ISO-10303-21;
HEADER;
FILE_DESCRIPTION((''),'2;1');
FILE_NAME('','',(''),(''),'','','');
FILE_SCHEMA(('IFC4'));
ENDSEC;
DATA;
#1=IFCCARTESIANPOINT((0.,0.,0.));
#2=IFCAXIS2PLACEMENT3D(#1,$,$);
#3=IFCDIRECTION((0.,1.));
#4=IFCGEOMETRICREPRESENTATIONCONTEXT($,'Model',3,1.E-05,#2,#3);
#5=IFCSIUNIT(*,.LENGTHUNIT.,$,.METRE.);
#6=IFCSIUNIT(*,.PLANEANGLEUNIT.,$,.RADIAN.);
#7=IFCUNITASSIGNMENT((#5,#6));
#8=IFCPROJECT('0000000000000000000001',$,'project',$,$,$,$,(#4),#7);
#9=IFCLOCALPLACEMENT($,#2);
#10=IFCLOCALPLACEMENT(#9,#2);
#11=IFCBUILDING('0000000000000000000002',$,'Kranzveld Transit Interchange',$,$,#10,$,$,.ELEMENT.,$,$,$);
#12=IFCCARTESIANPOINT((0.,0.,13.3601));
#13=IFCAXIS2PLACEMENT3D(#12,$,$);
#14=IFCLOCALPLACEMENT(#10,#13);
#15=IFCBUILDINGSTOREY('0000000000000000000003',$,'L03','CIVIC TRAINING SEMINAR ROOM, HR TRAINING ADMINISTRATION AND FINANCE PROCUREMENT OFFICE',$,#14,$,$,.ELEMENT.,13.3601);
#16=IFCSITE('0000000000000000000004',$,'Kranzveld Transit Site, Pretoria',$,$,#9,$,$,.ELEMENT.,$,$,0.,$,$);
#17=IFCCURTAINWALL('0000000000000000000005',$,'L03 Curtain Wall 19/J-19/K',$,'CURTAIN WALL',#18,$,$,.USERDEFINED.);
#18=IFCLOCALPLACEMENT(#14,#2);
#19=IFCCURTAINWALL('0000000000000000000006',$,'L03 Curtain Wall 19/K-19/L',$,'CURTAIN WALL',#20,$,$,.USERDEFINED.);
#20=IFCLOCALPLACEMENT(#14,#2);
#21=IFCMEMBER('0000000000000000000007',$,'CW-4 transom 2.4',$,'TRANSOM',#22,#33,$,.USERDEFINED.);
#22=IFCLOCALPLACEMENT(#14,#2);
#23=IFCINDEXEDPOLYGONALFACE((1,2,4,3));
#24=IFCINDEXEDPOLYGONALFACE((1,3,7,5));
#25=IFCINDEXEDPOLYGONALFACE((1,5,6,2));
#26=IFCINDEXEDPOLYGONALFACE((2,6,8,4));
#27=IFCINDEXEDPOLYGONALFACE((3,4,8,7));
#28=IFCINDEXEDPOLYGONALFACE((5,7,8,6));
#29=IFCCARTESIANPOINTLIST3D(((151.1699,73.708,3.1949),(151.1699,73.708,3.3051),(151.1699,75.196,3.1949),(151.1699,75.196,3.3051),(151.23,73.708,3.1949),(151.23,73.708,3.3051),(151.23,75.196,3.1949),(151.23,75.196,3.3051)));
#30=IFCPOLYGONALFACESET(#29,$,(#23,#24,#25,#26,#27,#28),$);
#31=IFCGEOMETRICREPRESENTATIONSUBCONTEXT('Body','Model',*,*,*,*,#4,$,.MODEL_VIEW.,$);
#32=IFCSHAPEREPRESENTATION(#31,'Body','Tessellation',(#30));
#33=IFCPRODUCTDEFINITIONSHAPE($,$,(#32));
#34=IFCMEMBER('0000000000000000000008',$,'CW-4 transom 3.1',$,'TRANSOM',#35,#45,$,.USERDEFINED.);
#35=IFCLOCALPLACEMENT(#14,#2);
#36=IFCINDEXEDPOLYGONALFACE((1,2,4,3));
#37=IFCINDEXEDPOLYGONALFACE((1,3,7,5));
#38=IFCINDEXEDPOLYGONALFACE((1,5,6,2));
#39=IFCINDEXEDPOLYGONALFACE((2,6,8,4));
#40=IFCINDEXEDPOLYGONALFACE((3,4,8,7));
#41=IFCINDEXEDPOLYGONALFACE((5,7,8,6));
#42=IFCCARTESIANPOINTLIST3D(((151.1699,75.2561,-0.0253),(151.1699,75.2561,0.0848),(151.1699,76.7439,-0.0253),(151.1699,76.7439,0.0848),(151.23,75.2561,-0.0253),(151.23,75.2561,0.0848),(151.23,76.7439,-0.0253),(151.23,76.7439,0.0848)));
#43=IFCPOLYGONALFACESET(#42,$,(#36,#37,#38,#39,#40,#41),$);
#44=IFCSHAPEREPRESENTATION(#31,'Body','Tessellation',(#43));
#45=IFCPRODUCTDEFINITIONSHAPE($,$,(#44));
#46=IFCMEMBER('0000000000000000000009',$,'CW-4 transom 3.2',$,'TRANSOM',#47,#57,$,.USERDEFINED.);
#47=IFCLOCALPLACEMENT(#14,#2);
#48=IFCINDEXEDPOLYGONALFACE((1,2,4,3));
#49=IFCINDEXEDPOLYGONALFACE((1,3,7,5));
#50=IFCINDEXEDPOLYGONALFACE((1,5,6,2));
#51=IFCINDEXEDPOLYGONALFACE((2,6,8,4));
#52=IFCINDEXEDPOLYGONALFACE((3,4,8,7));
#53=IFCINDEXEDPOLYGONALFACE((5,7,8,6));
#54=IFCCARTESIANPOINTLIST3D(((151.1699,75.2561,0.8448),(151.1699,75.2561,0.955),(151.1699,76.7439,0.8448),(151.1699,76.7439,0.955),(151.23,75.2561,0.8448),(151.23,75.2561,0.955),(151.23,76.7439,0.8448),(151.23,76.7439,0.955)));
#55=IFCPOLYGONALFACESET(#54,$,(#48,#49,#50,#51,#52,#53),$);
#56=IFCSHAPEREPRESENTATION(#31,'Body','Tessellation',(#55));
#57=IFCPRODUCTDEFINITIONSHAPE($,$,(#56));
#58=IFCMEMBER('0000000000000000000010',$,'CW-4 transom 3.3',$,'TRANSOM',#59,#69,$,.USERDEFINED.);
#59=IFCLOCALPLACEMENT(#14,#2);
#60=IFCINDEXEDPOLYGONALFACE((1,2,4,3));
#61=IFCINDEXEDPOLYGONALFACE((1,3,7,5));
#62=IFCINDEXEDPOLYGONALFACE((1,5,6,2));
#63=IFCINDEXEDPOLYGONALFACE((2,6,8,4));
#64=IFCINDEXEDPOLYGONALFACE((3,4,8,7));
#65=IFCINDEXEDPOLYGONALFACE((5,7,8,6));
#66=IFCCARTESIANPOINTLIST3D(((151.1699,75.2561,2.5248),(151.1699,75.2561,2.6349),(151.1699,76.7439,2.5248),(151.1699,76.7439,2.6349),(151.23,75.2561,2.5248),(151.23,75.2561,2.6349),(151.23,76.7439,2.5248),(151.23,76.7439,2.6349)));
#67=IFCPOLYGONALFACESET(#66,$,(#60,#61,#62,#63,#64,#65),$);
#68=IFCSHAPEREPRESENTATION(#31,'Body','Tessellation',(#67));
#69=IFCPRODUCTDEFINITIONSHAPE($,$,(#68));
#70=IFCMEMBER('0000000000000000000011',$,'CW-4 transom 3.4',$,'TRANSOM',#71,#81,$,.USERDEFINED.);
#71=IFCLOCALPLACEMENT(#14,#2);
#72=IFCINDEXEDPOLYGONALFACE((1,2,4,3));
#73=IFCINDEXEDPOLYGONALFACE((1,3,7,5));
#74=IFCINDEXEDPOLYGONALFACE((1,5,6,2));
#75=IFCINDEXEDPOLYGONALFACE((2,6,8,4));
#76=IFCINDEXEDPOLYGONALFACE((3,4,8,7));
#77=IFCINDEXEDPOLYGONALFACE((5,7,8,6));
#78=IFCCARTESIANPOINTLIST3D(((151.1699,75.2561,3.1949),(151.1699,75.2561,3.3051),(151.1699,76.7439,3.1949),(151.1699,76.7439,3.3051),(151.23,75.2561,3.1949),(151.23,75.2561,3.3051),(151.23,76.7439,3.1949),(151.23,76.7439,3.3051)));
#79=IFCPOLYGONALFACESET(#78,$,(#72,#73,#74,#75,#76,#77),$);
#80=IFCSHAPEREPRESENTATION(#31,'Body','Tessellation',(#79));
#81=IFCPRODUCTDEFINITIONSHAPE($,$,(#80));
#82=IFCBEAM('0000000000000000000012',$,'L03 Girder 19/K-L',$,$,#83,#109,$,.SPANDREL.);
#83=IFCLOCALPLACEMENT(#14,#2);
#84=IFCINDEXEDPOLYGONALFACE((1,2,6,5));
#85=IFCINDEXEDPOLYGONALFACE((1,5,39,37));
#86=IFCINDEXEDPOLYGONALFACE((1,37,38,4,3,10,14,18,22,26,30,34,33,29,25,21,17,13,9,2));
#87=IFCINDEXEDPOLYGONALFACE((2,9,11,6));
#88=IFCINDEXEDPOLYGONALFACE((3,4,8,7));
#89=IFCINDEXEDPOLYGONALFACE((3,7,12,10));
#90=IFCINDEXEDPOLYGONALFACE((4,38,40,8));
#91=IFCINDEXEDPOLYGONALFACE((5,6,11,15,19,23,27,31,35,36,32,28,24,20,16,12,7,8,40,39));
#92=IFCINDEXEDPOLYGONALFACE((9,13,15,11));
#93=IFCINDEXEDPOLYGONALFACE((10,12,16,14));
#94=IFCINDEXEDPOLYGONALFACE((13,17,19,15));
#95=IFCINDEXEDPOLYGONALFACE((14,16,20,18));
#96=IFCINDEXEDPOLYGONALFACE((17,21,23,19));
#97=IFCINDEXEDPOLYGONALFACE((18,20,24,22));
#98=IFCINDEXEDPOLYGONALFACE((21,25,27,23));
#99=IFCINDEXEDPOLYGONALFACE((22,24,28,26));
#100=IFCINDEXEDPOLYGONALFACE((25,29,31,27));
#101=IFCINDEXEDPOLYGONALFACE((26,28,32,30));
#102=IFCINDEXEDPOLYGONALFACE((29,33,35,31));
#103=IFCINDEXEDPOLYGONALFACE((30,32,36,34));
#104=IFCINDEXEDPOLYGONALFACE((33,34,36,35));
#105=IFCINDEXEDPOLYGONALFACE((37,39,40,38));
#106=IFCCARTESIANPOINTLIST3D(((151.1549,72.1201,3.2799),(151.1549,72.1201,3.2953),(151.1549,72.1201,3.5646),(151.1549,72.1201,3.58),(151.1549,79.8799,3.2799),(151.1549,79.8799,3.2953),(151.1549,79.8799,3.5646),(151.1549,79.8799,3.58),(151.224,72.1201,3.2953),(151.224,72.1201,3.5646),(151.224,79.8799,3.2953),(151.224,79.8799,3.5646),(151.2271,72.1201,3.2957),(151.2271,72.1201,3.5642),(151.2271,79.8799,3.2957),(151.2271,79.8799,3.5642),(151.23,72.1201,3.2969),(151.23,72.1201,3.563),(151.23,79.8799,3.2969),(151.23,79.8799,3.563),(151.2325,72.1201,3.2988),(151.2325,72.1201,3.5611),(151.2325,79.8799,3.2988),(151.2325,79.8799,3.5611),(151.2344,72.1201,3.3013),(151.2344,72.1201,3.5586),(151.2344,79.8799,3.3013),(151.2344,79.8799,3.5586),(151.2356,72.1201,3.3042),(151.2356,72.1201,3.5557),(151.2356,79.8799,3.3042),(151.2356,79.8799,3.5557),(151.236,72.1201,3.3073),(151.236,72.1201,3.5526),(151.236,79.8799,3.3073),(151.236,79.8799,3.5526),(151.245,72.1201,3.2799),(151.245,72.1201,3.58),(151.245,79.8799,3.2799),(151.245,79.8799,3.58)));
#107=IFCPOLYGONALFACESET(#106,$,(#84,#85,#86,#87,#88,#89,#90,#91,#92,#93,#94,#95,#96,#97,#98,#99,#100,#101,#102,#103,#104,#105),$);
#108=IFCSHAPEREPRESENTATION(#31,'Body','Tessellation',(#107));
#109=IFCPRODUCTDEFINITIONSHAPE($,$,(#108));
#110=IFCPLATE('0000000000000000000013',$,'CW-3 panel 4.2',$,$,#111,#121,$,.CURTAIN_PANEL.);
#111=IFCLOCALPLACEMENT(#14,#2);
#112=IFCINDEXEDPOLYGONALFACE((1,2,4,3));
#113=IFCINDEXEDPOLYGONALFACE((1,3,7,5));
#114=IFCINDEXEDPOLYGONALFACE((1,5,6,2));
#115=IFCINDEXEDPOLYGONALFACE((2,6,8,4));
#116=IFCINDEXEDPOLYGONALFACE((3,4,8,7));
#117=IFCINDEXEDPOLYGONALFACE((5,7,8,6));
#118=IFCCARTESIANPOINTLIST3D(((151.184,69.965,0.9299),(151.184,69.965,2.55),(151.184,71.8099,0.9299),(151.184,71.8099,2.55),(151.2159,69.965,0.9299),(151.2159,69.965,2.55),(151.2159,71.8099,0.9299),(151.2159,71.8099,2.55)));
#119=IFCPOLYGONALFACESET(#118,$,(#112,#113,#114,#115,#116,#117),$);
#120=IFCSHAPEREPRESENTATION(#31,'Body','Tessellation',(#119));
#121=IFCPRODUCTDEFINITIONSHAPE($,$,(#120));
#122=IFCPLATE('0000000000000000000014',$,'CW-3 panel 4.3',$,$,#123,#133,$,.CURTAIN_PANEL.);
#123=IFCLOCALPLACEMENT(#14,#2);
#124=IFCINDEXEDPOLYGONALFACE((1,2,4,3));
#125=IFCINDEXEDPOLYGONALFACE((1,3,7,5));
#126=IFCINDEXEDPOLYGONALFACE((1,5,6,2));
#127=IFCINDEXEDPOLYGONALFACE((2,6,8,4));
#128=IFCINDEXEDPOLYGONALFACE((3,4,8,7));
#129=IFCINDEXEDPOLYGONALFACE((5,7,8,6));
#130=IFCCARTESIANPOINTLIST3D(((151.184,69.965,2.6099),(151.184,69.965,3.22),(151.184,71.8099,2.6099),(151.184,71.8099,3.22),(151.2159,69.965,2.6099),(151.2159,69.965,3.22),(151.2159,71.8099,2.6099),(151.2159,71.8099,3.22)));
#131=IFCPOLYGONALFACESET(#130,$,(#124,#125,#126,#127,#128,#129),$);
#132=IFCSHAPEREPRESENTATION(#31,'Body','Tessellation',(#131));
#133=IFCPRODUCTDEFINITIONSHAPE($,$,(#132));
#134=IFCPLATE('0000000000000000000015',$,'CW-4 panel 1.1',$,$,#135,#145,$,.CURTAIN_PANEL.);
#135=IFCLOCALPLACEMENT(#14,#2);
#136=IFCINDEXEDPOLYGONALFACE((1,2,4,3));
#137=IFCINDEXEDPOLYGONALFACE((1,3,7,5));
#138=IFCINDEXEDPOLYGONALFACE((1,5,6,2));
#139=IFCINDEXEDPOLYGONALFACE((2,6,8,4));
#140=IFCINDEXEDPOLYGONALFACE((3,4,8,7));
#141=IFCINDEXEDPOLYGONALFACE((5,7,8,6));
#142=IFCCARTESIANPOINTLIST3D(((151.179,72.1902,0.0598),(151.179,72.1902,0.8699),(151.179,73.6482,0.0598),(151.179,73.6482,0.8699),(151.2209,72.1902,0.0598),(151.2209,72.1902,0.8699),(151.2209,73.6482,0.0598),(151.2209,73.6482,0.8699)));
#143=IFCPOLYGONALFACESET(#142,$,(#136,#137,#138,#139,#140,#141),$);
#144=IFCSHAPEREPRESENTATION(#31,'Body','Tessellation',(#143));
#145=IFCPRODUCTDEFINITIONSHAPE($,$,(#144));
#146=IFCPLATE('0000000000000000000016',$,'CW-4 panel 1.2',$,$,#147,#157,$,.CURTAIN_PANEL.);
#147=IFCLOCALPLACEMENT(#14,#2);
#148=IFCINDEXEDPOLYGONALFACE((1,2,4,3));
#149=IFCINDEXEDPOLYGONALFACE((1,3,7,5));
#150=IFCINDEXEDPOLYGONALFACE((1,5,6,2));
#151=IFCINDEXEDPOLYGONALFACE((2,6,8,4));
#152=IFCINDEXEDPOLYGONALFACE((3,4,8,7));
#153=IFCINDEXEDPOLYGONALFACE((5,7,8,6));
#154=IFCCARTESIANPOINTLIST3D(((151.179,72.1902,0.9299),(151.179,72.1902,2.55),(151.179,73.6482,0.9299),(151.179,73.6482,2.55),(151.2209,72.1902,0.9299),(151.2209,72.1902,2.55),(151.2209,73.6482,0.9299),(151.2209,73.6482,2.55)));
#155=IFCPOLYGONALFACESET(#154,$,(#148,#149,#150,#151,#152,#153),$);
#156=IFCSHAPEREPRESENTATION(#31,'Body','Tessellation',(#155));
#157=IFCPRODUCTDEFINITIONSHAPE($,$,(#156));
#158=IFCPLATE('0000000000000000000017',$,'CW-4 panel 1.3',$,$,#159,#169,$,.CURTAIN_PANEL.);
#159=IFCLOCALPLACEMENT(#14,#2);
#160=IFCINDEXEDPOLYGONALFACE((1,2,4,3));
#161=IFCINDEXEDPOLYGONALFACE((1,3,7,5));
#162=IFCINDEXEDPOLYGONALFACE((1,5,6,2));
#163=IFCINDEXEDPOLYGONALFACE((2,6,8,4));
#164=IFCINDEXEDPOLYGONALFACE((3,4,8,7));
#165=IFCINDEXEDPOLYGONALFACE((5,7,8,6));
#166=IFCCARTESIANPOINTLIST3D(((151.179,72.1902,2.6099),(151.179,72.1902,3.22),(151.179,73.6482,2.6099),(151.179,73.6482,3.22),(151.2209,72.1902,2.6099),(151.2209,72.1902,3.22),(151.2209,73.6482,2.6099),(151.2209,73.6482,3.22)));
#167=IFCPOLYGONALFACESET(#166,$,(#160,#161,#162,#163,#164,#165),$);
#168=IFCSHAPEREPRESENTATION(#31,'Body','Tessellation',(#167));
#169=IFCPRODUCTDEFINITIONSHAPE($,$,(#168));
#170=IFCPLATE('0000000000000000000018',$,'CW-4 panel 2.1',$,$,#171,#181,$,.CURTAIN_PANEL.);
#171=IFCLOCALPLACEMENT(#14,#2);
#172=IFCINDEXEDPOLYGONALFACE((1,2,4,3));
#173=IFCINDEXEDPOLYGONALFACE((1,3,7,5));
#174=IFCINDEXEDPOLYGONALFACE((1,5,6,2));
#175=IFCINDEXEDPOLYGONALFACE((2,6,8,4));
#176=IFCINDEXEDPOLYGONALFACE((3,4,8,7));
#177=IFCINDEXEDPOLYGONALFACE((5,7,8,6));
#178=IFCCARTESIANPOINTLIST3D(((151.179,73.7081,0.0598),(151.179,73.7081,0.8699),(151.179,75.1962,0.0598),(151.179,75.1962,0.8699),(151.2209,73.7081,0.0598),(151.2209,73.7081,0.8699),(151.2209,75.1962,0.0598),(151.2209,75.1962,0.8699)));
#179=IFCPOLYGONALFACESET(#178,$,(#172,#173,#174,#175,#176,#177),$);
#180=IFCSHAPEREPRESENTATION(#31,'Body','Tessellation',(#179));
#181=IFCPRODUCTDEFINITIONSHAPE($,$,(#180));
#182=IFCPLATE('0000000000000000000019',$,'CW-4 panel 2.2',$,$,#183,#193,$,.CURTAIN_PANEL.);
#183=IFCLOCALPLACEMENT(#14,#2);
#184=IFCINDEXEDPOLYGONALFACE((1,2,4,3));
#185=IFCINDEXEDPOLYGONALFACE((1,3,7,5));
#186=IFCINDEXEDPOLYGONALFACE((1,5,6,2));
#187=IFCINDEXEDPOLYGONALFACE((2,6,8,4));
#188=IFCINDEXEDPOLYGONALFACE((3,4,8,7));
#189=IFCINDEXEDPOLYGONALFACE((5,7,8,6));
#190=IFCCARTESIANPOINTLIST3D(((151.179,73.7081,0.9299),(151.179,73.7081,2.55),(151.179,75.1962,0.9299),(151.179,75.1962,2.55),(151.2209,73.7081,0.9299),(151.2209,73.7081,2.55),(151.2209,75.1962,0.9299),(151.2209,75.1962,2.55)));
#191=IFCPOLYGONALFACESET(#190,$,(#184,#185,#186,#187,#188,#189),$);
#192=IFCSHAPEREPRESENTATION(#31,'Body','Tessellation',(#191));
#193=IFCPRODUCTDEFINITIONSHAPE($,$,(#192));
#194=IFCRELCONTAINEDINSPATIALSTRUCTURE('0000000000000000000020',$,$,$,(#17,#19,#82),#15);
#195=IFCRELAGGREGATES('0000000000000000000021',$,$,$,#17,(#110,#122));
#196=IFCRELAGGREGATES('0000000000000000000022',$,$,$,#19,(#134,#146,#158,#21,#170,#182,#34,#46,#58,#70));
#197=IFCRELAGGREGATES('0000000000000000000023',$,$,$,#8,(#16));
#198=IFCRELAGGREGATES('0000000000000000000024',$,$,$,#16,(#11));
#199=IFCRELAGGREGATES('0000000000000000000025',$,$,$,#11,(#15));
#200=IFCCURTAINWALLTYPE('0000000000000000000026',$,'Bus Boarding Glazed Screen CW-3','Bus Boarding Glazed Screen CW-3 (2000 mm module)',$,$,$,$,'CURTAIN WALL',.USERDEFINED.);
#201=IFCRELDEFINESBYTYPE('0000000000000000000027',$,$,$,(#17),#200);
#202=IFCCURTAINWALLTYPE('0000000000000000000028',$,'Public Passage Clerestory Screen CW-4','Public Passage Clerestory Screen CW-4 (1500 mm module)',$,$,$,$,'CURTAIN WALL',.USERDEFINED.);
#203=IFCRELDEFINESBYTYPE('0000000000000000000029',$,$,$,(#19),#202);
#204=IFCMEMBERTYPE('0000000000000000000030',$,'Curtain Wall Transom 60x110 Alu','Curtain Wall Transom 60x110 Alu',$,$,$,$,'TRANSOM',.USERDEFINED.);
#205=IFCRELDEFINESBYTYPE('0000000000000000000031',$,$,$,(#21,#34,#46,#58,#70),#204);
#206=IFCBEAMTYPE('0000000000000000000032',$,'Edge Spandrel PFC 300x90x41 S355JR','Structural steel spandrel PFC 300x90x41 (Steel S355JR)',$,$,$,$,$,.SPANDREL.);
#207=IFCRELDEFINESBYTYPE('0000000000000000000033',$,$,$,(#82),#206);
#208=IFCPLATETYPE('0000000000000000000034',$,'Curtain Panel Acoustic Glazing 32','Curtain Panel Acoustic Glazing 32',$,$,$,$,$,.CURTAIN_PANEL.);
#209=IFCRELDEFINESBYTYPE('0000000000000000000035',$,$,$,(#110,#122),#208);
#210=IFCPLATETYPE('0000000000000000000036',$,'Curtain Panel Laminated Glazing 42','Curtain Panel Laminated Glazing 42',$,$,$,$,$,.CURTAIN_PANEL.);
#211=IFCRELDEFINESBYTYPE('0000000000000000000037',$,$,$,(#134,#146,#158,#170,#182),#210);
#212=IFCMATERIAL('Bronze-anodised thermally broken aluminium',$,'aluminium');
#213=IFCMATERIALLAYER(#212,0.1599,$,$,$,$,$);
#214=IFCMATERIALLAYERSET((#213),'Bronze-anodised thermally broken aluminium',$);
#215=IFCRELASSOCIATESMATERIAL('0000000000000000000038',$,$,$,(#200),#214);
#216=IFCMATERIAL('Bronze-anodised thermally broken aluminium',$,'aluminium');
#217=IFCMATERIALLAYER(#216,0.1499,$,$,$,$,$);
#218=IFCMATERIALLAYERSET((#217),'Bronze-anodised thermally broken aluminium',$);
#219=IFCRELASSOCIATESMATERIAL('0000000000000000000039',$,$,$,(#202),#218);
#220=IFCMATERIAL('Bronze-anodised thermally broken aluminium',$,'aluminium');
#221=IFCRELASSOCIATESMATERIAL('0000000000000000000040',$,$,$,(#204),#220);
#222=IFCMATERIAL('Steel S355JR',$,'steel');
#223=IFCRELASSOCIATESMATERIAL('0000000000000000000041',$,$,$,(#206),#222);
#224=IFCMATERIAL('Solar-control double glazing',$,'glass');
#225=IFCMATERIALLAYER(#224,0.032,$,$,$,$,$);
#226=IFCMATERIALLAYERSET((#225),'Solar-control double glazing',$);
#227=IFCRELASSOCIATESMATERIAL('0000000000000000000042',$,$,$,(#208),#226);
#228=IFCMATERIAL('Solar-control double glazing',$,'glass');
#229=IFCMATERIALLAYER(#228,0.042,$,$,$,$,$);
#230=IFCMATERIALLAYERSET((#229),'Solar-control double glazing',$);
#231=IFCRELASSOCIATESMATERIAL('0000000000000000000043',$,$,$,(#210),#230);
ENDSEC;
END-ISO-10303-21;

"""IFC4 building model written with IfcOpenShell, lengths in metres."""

from ifc_helpers import new_model, si_unit, direction, frame, origin, origin_2d, place, context, subcontext, project, spatial, rectangle, u_section, extrude, material, layer, layer_set, material_profile, profile_set, type_object, element, aggregate, save


model = new_model("IFC4")

# Units and contexts
model_context = context("Model", 3, precision=1e-05, world=origin(), true_north=direction((0.0, 1.0)))
body_context = subcontext(model_context, "Body", "Model", "MODEL_VIEW")
ifc_project = project(units=[si_unit("LENGTHUNIT", "METRE"), si_unit("PLANEANGLEUNIT", "RADIAN")], contexts=[model_context])

# Site, building, storey
site_placement = place(None, origin())
site = spatial("IfcSite", under=ifc_project, at=site_placement, Name="Kranzveld Transit Site, Pretoria", CompositionType="ELEMENT", RefElevation=0.0)
building_placement = place(site_placement, origin())
building = spatial("IfcBuilding", under=site, at=building_placement, Name="Kranzveld Transit Interchange", CompositionType="ELEMENT")
storey_placement = place(building_placement, frame((0.0, 0.0, 13.3601)))
storey = spatial("IfcBuildingStorey", under=building, at=storey_placement, Name="L03", Description="CIVIC TRAINING SEMINAR ROOM, HR TRAINING ADMINISTRATION AND FINANCE PROCUREMENT OFFICE", CompositionType="ELEMENT", Elevation=13.3601)

# Curtain wall
ifc_material_1 = material(Name="Bronze-anodised thermally broken aluminium", Category="aluminium")
ifc_layer_1 = layer(ifc_material_1, 0.1599)
ifc_layer_set_1 = layer_set([ifc_layer_1], Name="Bronze-anodised thermally broken aluminium")
curtain_wall_type_1 = type_object("IfcCurtainWallType", Name="Bus Boarding Glazed Screen CW-3", Description="Bus Boarding Glazed Screen CW-3 (2000 mm module)", ElementType="CURTAIN WALL", PredefinedType="USERDEFINED", material=ifc_layer_set_1)
curtain_wall_1_placement = place(storey_placement, origin())
curtain_wall_1 = element("IfcCurtainWall", 1, at=curtain_wall_1_placement, inside=storey, type_object=curtain_wall_type_1, Name="L03 Curtain Wall 19/J-19/K", ObjectType="CURTAIN WALL", PredefinedType="USERDEFINED")

# Curtain wall, members
ifc_material_2 = material(Name="Bronze-anodised thermally broken aluminium", Category="aluminium")
ifc_layer_2 = layer(ifc_material_2, 0.1499)
ifc_layer_set_2 = layer_set([ifc_layer_2], Name="Bronze-anodised thermally broken aluminium")
curtain_wall_type_2 = type_object("IfcCurtainWallType", Name="Public Passage Clerestory Screen CW-4", Description="Public Passage Clerestory Screen CW-4 (1500 mm module)", ElementType="CURTAIN WALL", PredefinedType="USERDEFINED", material=ifc_layer_set_2)
curtain_wall_2_placement = place(storey_placement, origin())
curtain_wall_2 = element("IfcCurtainWall", 2, at=curtain_wall_2_placement, inside=storey, type_object=curtain_wall_type_2, Name="L03 Curtain Wall 19/K-19/L", ObjectType="CURTAIN WALL", PredefinedType="USERDEFINED")
ifc_material_3 = material(Name="Bronze-anodised thermally broken aluminium", Category="aluminium")
ifc_material_profile_1 = material_profile(ifc_material_3, rectangle(XDim=0.0601, YDim=0.1101, at=origin_2d()), Name="ALU TRANSOM 60x110")
ifc_profile_set_1 = profile_set([ifc_material_profile_1], Name="Bronze-anodised thermally broken aluminium")
member_type_1 = type_object("IfcMemberType", Name="Curtain Wall Transom 60x110 Alu", Description="Curtain Wall Transom 60x110 Alu", ElementType="TRANSOM", PredefinedType="USERDEFINED", material=ifc_profile_set_1)
member_1_placement = place(storey_placement, frame((151.2, 73.708, 3.25), z_axis=(0.0, 1.0, 0.0), x_axis=(-1.0, 0.0, 0.0)))
member_1 = element("IfcMember", 3, at=member_1_placement, type_object=member_type_1, Name="CW-4 transom 2.4", ObjectType="TRANSOM", PredefinedType="USERDEFINED", context=body_context, shape_type="SweptSolid", body=[
    extrude(rectangle(XDim=0.0601, YDim=0.1101, at=origin_2d()), origin(), (0.0, 0.0, 1.0), 1.488),
])
member_2_placement = place(storey_placement, frame((151.2, 75.2561, 0.0298), z_axis=(0.0, 1.0, 0.0), x_axis=(-1.0, 0.0, 0.0)))
member_2 = element("IfcMember", 4, at=member_2_placement, type_object=member_type_1, Name="CW-4 transom 3.1", ObjectType="TRANSOM", PredefinedType="USERDEFINED", context=body_context, shape_type="SweptSolid", body=[
    extrude(rectangle(XDim=0.0601, YDim=0.1101, at=origin_2d()), origin(), (0.0, 0.0, 1.0), 1.4878),
])
member_3_placement = place(storey_placement, frame((151.2, 75.2561, 0.8999), z_axis=(0.0, 1.0, 0.0), x_axis=(-1.0, 0.0, 0.0)))
member_3 = element("IfcMember", 5, at=member_3_placement, type_object=member_type_1, Name="CW-4 transom 3.2", ObjectType="TRANSOM", PredefinedType="USERDEFINED", context=body_context, shape_type="SweptSolid", body=[
    extrude(rectangle(XDim=0.0601, YDim=0.1101, at=origin_2d()), origin(), (0.0, 0.0, 1.0), 1.4878),
])
member_4_placement = place(storey_placement, frame((151.2, 75.2561, 2.5798), z_axis=(0.0, 1.0, 0.0), x_axis=(-1.0, 0.0, 0.0)))
member_4 = element("IfcMember", 6, at=member_4_placement, type_object=member_type_1, Name="CW-4 transom 3.3", ObjectType="TRANSOM", PredefinedType="USERDEFINED", context=body_context, shape_type="SweptSolid", body=[
    extrude(rectangle(XDim=0.0601, YDim=0.1101, at=origin_2d()), origin(), (0.0, 0.0, 1.0), 1.4878),
])
member_5_placement = place(storey_placement, frame((151.2, 75.2561, 3.25), z_axis=(0.0, 1.0, 0.0), x_axis=(-1.0, 0.0, 0.0)))
member_5 = element("IfcMember", 7, at=member_5_placement, type_object=member_type_1, Name="CW-4 transom 3.4", ObjectType="TRANSOM", PredefinedType="USERDEFINED", context=body_context, shape_type="SweptSolid", body=[
    extrude(rectangle(XDim=0.0601, YDim=0.1101, at=origin_2d()), origin(), (0.0, 0.0, 1.0), 1.4878),
])

# Beam
ifc_material_4 = material(Name="Steel S355JR", Category="steel")
ifc_material_profile_2 = material_profile(ifc_material_4, u_section(Depth=0.3, FlangeWidth=0.0901, WebThickness=0.009, FlangeThickness=0.0154, FilletRadius=0.012, at=origin_2d()), Name="PFC 300x90x41")
ifc_profile_set_2 = profile_set([ifc_material_profile_2], Name="Steel S355JR")
beam_type = type_object("IfcBeamType", Name="Edge Spandrel PFC 300x90x41 S355JR", Description="Structural steel spandrel PFC 300x90x41 (Steel S355JR)", PredefinedType="SPANDREL", material=ifc_profile_set_2)
beam_placement = place(storey_placement, frame((151.2, 72.1201, 3.4299), z_axis=(0.0, 1.0, 0.0), x_axis=(-1.0, 0.0, 0.0)))
element("IfcBeam", 8, at=beam_placement, inside=storey, type_object=beam_type, Name="L03 Girder 19/K-L", PredefinedType="SPANDREL", context=body_context, shape_type="SweptSolid", body=[
    extrude(u_section(Depth=0.3, FlangeWidth=0.0901, WebThickness=0.009, FlangeThickness=0.0154, FilletRadius=0.012, at=origin_2d()), origin(), (0.0, 0.0, 1.0), 7.7598),
])

# Plates
ifc_material_5 = material(Name="Solar-control double glazing", Category="glass")
ifc_layer_3 = layer(ifc_material_5, 0.032)
ifc_layer_set_3 = layer_set([ifc_layer_3], Name="Solar-control double glazing")
plate_type_1 = type_object("IfcPlateType", Name="Curtain Panel Acoustic Glazing 32", Description="Curtain Panel Acoustic Glazing 32", PredefinedType="CURTAIN_PANEL", material=ifc_layer_set_3)
plate_1_placement = place(storey_placement, frame((151.2, 70.8875, 0.9299), z_axis=(0.0, 0.0, 1.0), x_axis=(0.0, 1.0, 0.0)))
plate_1 = element("IfcPlate", 9, at=plate_1_placement, type_object=plate_type_1, Name="CW-3 panel 4.2", PredefinedType="CURTAIN_PANEL", context=body_context, shape_type="SweptSolid", body=[
    extrude(rectangle(XDim=1.845, YDim=0.032, at=origin_2d()), origin(), (0.0, 0.0, 1.0), 1.6201),
])
plate_2_placement = place(storey_placement, frame((151.2, 70.8875, 2.6099), z_axis=(0.0, 0.0, 1.0), x_axis=(0.0, 1.0, 0.0)))
plate_2 = element("IfcPlate", 10, at=plate_2_placement, type_object=plate_type_1, Name="CW-3 panel 4.3", PredefinedType="CURTAIN_PANEL", context=body_context, shape_type="SweptSolid", body=[
    extrude(rectangle(XDim=1.845, YDim=0.032, at=origin_2d()), origin(), (0.0, 0.0, 1.0), 0.6101),
])
aggregate(curtain_wall_1, [plate_1, plate_2])
ifc_material_6 = material(Name="Solar-control double glazing", Category="glass")
ifc_layer_4 = layer(ifc_material_6, 0.042)
ifc_layer_set_4 = layer_set([ifc_layer_4], Name="Solar-control double glazing")
plate_type_2 = type_object("IfcPlateType", Name="Curtain Panel Laminated Glazing 42", Description="Curtain Panel Laminated Glazing 42", PredefinedType="CURTAIN_PANEL", material=ifc_layer_set_4)
plate_3_placement = place(storey_placement, frame((151.2, 72.9192, 0.0598), z_axis=(0.0, 0.0, 1.0), x_axis=(0.0, 1.0, 0.0)))
plate_3 = element("IfcPlate", 11, at=plate_3_placement, type_object=plate_type_2, Name="CW-4 panel 1.1", PredefinedType="CURTAIN_PANEL", context=body_context, shape_type="SweptSolid", body=[
    extrude(rectangle(XDim=1.458, YDim=0.042, at=origin_2d()), origin(), (0.0, 0.0, 1.0), 0.8101),
])
plate_4_placement = place(storey_placement, frame((151.2, 72.9192, 0.9299), z_axis=(0.0, 0.0, 1.0), x_axis=(0.0, 1.0, 0.0)))
plate_4 = element("IfcPlate", 12, at=plate_4_placement, type_object=plate_type_2, Name="CW-4 panel 1.2", PredefinedType="CURTAIN_PANEL", context=body_context, shape_type="SweptSolid", body=[
    extrude(rectangle(XDim=1.458, YDim=0.042, at=origin_2d()), origin(), (0.0, 0.0, 1.0), 1.6201),
])
plate_5_placement = place(storey_placement, frame((151.2, 72.9192, 2.6099), z_axis=(0.0, 0.0, 1.0), x_axis=(0.0, 1.0, 0.0)))
plate_5 = element("IfcPlate", 13, at=plate_5_placement, type_object=plate_type_2, Name="CW-4 panel 1.3", PredefinedType="CURTAIN_PANEL", context=body_context, shape_type="SweptSolid", body=[
    extrude(rectangle(XDim=1.458, YDim=0.042, at=origin_2d()), origin(), (0.0, 0.0, 1.0), 0.6101),
])
plate_6_placement = place(storey_placement, frame((151.2, 74.4521, 0.0598), z_axis=(0.0, 0.0, 1.0), x_axis=(0.0, 1.0, 0.0)))
plate_6 = element("IfcPlate", 14, at=plate_6_placement, type_object=plate_type_2, Name="CW-4 panel 2.1", PredefinedType="CURTAIN_PANEL", context=body_context, shape_type="SweptSolid", body=[
    extrude(rectangle(XDim=1.488, YDim=0.042, at=origin_2d()), origin(), (0.0, 0.0, 1.0), 0.8101),
])
plate_7_placement = place(storey_placement, frame((151.2, 74.4521, 0.9299), z_axis=(0.0, 0.0, 1.0), x_axis=(0.0, 1.0, 0.0)))
plate_7 = element("IfcPlate", 15, at=plate_7_placement, type_object=plate_type_2, Name="CW-4 panel 2.2", PredefinedType="CURTAIN_PANEL", context=body_context, shape_type="SweptSolid", body=[
    extrude(rectangle(XDim=1.488, YDim=0.042, at=origin_2d()), origin(), (0.0, 0.0, 1.0), 1.6201),
])
aggregate(curtain_wall_2, [plate_3, plate_4, plate_5, member_1, plate_6, plate_7, member_2, member_3, member_4, member_5])

save(model, "model.ifc")
